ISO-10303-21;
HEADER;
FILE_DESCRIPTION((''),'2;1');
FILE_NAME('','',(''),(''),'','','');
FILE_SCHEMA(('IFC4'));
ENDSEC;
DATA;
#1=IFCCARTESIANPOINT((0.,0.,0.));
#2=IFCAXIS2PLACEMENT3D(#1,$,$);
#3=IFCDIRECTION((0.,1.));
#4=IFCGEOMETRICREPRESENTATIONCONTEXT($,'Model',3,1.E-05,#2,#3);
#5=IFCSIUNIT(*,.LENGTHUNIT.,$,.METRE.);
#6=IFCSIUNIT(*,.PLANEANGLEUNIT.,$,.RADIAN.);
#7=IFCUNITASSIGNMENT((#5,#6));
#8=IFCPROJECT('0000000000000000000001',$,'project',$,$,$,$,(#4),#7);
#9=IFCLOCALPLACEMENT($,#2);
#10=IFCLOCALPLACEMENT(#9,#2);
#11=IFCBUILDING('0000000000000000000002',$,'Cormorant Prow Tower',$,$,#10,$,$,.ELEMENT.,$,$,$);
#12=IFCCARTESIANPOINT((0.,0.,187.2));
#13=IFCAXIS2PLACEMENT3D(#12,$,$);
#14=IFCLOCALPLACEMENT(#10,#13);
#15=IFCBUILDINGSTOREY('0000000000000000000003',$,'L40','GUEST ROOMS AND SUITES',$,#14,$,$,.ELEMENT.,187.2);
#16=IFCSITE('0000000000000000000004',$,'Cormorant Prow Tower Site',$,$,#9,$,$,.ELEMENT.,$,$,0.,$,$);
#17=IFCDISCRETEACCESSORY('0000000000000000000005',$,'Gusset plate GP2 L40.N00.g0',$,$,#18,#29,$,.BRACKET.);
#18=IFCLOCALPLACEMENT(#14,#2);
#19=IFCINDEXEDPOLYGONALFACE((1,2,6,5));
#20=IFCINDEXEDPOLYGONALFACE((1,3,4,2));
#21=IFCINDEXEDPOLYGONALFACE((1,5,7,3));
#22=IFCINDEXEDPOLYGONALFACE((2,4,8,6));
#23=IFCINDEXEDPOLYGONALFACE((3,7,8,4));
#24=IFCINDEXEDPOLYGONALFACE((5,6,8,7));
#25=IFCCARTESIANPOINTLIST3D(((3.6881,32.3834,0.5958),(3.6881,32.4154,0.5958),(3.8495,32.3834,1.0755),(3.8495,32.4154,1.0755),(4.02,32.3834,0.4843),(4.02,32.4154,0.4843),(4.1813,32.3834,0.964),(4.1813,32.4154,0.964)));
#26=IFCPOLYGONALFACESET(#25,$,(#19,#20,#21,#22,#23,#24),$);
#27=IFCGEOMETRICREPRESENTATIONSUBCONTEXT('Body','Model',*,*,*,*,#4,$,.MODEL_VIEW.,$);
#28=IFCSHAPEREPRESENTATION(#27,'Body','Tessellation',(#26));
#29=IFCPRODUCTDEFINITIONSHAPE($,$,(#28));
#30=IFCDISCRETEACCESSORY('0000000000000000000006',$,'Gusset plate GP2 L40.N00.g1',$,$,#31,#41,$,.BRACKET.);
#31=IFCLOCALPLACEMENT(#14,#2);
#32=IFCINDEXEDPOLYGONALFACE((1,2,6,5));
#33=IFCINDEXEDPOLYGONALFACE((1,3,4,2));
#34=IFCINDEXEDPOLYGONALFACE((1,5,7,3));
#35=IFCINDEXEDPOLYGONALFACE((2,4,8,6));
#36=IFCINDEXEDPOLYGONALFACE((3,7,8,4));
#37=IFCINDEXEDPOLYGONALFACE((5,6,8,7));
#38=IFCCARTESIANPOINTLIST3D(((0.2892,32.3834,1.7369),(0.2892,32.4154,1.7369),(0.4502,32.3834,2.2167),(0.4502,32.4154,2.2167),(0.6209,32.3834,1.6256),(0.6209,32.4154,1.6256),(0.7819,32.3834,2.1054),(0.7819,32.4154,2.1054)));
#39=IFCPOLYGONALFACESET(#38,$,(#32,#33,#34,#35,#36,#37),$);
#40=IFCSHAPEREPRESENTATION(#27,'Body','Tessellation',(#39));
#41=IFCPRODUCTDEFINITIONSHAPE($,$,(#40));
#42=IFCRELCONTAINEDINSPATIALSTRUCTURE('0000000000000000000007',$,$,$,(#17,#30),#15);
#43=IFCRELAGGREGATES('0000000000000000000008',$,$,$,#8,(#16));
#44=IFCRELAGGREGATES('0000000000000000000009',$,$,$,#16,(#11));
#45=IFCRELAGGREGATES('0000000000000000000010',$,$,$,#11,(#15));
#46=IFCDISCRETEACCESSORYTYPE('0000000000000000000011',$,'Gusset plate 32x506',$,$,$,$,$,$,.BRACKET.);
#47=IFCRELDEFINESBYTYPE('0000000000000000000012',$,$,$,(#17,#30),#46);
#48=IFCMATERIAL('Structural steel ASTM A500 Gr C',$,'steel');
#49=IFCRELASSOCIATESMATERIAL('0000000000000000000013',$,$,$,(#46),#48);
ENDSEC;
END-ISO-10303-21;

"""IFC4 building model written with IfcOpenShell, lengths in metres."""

from ifc_helpers import new_model, si_unit, direction, frame, origin, origin_2d, place, context, subcontext, project, spatial, rectangle, extrude, material, material_profile, profile_set, type_object, element, save


model = new_model("IFC4")

# Units and contexts
model_context = context("Model", 3, precision=1e-05, world=origin(), true_north=direction((0.0, 1.0)))
body_context = subcontext(model_context, "Body", "Model", "MODEL_VIEW")
ifc_project = project(units=[si_unit("LENGTHUNIT", "METRE"), si_unit("PLANEANGLEUNIT", "RADIAN")], contexts=[model_context])

# Site, building, storey
site_placement = place(None, origin())
site = spatial("IfcSite", under=ifc_project, at=site_placement, Name="Cormorant Prow Tower Site", CompositionType="ELEMENT", RefElevation=0.0)
building_placement = place(site_placement, origin())
building = spatial("IfcBuilding", under=site, at=building_placement, Name="Cormorant Prow Tower", CompositionType="ELEMENT")
storey_placement = place(building_placement, frame((0.0, 0.0, 187.2)))
storey = spatial("IfcBuildingStorey", under=building, at=storey_placement, Name="L40", Description="GUEST ROOMS AND SUITES", CompositionType="ELEMENT", Elevation=187.2)

# Discrete accessories
ifc_material_1 = material(Name="Structural steel ASTM A500 Gr C", Category="steel")
ifc_material_profile_1 = material_profile(ifc_material_1, rectangle(XDim=0.032, YDim=0.5061, at=origin_2d()), Name="Gusset plate 32x506")
ifc_profile_set_1 = profile_set([ifc_material_profile_1], Name="Structural steel ASTM A500 Gr C")
discrete_accessory_type = type_object("IfcDiscreteAccessoryType", Name="Gusset plate 32x506", PredefinedType="BRACKET", material=ifc_profile_set_1)
discrete_accessory_1_placement = place(storey_placement, frame((3.7688, 32.3994, 0.8357), z_axis=(0.947843, 0.0, -0.318738), x_axis=(0.0, 1.0, 0.0)))
element("IfcDiscreteAccessory", 1, at=discrete_accessory_1_placement, inside=storey, type_object=discrete_accessory_type, Name="Gusset plate GP2 L40.N00.g0", PredefinedType="BRACKET", context=body_context, shape_type="SweptSolid", body=[
    extrude(rectangle(XDim=0.032, YDim=0.5061, at=origin_2d()), origin(), (0.0, 0.0, 1.0), 0.3501),
])
discrete_accessory_2_placement = place(storey_placement, frame((0.7014, 32.3994, 1.8655), z_axis=(-0.948054, 0.0, 0.318111), x_axis=(0.0, -1.0, 0.0)))
element("IfcDiscreteAccessory", 2, at=discrete_accessory_2_placement, inside=storey, type_object=discrete_accessory_type, Name="Gusset plate GP2 L40.N00.g1", PredefinedType="BRACKET", context=body_context, shape_type="SweptSolid", body=[
    extrude(rectangle(XDim=0.032, YDim=0.5061, at=origin_2d()), origin(), (0.0, 0.0, 1.0), 0.3499),
])

save(model, "model.ifc")
